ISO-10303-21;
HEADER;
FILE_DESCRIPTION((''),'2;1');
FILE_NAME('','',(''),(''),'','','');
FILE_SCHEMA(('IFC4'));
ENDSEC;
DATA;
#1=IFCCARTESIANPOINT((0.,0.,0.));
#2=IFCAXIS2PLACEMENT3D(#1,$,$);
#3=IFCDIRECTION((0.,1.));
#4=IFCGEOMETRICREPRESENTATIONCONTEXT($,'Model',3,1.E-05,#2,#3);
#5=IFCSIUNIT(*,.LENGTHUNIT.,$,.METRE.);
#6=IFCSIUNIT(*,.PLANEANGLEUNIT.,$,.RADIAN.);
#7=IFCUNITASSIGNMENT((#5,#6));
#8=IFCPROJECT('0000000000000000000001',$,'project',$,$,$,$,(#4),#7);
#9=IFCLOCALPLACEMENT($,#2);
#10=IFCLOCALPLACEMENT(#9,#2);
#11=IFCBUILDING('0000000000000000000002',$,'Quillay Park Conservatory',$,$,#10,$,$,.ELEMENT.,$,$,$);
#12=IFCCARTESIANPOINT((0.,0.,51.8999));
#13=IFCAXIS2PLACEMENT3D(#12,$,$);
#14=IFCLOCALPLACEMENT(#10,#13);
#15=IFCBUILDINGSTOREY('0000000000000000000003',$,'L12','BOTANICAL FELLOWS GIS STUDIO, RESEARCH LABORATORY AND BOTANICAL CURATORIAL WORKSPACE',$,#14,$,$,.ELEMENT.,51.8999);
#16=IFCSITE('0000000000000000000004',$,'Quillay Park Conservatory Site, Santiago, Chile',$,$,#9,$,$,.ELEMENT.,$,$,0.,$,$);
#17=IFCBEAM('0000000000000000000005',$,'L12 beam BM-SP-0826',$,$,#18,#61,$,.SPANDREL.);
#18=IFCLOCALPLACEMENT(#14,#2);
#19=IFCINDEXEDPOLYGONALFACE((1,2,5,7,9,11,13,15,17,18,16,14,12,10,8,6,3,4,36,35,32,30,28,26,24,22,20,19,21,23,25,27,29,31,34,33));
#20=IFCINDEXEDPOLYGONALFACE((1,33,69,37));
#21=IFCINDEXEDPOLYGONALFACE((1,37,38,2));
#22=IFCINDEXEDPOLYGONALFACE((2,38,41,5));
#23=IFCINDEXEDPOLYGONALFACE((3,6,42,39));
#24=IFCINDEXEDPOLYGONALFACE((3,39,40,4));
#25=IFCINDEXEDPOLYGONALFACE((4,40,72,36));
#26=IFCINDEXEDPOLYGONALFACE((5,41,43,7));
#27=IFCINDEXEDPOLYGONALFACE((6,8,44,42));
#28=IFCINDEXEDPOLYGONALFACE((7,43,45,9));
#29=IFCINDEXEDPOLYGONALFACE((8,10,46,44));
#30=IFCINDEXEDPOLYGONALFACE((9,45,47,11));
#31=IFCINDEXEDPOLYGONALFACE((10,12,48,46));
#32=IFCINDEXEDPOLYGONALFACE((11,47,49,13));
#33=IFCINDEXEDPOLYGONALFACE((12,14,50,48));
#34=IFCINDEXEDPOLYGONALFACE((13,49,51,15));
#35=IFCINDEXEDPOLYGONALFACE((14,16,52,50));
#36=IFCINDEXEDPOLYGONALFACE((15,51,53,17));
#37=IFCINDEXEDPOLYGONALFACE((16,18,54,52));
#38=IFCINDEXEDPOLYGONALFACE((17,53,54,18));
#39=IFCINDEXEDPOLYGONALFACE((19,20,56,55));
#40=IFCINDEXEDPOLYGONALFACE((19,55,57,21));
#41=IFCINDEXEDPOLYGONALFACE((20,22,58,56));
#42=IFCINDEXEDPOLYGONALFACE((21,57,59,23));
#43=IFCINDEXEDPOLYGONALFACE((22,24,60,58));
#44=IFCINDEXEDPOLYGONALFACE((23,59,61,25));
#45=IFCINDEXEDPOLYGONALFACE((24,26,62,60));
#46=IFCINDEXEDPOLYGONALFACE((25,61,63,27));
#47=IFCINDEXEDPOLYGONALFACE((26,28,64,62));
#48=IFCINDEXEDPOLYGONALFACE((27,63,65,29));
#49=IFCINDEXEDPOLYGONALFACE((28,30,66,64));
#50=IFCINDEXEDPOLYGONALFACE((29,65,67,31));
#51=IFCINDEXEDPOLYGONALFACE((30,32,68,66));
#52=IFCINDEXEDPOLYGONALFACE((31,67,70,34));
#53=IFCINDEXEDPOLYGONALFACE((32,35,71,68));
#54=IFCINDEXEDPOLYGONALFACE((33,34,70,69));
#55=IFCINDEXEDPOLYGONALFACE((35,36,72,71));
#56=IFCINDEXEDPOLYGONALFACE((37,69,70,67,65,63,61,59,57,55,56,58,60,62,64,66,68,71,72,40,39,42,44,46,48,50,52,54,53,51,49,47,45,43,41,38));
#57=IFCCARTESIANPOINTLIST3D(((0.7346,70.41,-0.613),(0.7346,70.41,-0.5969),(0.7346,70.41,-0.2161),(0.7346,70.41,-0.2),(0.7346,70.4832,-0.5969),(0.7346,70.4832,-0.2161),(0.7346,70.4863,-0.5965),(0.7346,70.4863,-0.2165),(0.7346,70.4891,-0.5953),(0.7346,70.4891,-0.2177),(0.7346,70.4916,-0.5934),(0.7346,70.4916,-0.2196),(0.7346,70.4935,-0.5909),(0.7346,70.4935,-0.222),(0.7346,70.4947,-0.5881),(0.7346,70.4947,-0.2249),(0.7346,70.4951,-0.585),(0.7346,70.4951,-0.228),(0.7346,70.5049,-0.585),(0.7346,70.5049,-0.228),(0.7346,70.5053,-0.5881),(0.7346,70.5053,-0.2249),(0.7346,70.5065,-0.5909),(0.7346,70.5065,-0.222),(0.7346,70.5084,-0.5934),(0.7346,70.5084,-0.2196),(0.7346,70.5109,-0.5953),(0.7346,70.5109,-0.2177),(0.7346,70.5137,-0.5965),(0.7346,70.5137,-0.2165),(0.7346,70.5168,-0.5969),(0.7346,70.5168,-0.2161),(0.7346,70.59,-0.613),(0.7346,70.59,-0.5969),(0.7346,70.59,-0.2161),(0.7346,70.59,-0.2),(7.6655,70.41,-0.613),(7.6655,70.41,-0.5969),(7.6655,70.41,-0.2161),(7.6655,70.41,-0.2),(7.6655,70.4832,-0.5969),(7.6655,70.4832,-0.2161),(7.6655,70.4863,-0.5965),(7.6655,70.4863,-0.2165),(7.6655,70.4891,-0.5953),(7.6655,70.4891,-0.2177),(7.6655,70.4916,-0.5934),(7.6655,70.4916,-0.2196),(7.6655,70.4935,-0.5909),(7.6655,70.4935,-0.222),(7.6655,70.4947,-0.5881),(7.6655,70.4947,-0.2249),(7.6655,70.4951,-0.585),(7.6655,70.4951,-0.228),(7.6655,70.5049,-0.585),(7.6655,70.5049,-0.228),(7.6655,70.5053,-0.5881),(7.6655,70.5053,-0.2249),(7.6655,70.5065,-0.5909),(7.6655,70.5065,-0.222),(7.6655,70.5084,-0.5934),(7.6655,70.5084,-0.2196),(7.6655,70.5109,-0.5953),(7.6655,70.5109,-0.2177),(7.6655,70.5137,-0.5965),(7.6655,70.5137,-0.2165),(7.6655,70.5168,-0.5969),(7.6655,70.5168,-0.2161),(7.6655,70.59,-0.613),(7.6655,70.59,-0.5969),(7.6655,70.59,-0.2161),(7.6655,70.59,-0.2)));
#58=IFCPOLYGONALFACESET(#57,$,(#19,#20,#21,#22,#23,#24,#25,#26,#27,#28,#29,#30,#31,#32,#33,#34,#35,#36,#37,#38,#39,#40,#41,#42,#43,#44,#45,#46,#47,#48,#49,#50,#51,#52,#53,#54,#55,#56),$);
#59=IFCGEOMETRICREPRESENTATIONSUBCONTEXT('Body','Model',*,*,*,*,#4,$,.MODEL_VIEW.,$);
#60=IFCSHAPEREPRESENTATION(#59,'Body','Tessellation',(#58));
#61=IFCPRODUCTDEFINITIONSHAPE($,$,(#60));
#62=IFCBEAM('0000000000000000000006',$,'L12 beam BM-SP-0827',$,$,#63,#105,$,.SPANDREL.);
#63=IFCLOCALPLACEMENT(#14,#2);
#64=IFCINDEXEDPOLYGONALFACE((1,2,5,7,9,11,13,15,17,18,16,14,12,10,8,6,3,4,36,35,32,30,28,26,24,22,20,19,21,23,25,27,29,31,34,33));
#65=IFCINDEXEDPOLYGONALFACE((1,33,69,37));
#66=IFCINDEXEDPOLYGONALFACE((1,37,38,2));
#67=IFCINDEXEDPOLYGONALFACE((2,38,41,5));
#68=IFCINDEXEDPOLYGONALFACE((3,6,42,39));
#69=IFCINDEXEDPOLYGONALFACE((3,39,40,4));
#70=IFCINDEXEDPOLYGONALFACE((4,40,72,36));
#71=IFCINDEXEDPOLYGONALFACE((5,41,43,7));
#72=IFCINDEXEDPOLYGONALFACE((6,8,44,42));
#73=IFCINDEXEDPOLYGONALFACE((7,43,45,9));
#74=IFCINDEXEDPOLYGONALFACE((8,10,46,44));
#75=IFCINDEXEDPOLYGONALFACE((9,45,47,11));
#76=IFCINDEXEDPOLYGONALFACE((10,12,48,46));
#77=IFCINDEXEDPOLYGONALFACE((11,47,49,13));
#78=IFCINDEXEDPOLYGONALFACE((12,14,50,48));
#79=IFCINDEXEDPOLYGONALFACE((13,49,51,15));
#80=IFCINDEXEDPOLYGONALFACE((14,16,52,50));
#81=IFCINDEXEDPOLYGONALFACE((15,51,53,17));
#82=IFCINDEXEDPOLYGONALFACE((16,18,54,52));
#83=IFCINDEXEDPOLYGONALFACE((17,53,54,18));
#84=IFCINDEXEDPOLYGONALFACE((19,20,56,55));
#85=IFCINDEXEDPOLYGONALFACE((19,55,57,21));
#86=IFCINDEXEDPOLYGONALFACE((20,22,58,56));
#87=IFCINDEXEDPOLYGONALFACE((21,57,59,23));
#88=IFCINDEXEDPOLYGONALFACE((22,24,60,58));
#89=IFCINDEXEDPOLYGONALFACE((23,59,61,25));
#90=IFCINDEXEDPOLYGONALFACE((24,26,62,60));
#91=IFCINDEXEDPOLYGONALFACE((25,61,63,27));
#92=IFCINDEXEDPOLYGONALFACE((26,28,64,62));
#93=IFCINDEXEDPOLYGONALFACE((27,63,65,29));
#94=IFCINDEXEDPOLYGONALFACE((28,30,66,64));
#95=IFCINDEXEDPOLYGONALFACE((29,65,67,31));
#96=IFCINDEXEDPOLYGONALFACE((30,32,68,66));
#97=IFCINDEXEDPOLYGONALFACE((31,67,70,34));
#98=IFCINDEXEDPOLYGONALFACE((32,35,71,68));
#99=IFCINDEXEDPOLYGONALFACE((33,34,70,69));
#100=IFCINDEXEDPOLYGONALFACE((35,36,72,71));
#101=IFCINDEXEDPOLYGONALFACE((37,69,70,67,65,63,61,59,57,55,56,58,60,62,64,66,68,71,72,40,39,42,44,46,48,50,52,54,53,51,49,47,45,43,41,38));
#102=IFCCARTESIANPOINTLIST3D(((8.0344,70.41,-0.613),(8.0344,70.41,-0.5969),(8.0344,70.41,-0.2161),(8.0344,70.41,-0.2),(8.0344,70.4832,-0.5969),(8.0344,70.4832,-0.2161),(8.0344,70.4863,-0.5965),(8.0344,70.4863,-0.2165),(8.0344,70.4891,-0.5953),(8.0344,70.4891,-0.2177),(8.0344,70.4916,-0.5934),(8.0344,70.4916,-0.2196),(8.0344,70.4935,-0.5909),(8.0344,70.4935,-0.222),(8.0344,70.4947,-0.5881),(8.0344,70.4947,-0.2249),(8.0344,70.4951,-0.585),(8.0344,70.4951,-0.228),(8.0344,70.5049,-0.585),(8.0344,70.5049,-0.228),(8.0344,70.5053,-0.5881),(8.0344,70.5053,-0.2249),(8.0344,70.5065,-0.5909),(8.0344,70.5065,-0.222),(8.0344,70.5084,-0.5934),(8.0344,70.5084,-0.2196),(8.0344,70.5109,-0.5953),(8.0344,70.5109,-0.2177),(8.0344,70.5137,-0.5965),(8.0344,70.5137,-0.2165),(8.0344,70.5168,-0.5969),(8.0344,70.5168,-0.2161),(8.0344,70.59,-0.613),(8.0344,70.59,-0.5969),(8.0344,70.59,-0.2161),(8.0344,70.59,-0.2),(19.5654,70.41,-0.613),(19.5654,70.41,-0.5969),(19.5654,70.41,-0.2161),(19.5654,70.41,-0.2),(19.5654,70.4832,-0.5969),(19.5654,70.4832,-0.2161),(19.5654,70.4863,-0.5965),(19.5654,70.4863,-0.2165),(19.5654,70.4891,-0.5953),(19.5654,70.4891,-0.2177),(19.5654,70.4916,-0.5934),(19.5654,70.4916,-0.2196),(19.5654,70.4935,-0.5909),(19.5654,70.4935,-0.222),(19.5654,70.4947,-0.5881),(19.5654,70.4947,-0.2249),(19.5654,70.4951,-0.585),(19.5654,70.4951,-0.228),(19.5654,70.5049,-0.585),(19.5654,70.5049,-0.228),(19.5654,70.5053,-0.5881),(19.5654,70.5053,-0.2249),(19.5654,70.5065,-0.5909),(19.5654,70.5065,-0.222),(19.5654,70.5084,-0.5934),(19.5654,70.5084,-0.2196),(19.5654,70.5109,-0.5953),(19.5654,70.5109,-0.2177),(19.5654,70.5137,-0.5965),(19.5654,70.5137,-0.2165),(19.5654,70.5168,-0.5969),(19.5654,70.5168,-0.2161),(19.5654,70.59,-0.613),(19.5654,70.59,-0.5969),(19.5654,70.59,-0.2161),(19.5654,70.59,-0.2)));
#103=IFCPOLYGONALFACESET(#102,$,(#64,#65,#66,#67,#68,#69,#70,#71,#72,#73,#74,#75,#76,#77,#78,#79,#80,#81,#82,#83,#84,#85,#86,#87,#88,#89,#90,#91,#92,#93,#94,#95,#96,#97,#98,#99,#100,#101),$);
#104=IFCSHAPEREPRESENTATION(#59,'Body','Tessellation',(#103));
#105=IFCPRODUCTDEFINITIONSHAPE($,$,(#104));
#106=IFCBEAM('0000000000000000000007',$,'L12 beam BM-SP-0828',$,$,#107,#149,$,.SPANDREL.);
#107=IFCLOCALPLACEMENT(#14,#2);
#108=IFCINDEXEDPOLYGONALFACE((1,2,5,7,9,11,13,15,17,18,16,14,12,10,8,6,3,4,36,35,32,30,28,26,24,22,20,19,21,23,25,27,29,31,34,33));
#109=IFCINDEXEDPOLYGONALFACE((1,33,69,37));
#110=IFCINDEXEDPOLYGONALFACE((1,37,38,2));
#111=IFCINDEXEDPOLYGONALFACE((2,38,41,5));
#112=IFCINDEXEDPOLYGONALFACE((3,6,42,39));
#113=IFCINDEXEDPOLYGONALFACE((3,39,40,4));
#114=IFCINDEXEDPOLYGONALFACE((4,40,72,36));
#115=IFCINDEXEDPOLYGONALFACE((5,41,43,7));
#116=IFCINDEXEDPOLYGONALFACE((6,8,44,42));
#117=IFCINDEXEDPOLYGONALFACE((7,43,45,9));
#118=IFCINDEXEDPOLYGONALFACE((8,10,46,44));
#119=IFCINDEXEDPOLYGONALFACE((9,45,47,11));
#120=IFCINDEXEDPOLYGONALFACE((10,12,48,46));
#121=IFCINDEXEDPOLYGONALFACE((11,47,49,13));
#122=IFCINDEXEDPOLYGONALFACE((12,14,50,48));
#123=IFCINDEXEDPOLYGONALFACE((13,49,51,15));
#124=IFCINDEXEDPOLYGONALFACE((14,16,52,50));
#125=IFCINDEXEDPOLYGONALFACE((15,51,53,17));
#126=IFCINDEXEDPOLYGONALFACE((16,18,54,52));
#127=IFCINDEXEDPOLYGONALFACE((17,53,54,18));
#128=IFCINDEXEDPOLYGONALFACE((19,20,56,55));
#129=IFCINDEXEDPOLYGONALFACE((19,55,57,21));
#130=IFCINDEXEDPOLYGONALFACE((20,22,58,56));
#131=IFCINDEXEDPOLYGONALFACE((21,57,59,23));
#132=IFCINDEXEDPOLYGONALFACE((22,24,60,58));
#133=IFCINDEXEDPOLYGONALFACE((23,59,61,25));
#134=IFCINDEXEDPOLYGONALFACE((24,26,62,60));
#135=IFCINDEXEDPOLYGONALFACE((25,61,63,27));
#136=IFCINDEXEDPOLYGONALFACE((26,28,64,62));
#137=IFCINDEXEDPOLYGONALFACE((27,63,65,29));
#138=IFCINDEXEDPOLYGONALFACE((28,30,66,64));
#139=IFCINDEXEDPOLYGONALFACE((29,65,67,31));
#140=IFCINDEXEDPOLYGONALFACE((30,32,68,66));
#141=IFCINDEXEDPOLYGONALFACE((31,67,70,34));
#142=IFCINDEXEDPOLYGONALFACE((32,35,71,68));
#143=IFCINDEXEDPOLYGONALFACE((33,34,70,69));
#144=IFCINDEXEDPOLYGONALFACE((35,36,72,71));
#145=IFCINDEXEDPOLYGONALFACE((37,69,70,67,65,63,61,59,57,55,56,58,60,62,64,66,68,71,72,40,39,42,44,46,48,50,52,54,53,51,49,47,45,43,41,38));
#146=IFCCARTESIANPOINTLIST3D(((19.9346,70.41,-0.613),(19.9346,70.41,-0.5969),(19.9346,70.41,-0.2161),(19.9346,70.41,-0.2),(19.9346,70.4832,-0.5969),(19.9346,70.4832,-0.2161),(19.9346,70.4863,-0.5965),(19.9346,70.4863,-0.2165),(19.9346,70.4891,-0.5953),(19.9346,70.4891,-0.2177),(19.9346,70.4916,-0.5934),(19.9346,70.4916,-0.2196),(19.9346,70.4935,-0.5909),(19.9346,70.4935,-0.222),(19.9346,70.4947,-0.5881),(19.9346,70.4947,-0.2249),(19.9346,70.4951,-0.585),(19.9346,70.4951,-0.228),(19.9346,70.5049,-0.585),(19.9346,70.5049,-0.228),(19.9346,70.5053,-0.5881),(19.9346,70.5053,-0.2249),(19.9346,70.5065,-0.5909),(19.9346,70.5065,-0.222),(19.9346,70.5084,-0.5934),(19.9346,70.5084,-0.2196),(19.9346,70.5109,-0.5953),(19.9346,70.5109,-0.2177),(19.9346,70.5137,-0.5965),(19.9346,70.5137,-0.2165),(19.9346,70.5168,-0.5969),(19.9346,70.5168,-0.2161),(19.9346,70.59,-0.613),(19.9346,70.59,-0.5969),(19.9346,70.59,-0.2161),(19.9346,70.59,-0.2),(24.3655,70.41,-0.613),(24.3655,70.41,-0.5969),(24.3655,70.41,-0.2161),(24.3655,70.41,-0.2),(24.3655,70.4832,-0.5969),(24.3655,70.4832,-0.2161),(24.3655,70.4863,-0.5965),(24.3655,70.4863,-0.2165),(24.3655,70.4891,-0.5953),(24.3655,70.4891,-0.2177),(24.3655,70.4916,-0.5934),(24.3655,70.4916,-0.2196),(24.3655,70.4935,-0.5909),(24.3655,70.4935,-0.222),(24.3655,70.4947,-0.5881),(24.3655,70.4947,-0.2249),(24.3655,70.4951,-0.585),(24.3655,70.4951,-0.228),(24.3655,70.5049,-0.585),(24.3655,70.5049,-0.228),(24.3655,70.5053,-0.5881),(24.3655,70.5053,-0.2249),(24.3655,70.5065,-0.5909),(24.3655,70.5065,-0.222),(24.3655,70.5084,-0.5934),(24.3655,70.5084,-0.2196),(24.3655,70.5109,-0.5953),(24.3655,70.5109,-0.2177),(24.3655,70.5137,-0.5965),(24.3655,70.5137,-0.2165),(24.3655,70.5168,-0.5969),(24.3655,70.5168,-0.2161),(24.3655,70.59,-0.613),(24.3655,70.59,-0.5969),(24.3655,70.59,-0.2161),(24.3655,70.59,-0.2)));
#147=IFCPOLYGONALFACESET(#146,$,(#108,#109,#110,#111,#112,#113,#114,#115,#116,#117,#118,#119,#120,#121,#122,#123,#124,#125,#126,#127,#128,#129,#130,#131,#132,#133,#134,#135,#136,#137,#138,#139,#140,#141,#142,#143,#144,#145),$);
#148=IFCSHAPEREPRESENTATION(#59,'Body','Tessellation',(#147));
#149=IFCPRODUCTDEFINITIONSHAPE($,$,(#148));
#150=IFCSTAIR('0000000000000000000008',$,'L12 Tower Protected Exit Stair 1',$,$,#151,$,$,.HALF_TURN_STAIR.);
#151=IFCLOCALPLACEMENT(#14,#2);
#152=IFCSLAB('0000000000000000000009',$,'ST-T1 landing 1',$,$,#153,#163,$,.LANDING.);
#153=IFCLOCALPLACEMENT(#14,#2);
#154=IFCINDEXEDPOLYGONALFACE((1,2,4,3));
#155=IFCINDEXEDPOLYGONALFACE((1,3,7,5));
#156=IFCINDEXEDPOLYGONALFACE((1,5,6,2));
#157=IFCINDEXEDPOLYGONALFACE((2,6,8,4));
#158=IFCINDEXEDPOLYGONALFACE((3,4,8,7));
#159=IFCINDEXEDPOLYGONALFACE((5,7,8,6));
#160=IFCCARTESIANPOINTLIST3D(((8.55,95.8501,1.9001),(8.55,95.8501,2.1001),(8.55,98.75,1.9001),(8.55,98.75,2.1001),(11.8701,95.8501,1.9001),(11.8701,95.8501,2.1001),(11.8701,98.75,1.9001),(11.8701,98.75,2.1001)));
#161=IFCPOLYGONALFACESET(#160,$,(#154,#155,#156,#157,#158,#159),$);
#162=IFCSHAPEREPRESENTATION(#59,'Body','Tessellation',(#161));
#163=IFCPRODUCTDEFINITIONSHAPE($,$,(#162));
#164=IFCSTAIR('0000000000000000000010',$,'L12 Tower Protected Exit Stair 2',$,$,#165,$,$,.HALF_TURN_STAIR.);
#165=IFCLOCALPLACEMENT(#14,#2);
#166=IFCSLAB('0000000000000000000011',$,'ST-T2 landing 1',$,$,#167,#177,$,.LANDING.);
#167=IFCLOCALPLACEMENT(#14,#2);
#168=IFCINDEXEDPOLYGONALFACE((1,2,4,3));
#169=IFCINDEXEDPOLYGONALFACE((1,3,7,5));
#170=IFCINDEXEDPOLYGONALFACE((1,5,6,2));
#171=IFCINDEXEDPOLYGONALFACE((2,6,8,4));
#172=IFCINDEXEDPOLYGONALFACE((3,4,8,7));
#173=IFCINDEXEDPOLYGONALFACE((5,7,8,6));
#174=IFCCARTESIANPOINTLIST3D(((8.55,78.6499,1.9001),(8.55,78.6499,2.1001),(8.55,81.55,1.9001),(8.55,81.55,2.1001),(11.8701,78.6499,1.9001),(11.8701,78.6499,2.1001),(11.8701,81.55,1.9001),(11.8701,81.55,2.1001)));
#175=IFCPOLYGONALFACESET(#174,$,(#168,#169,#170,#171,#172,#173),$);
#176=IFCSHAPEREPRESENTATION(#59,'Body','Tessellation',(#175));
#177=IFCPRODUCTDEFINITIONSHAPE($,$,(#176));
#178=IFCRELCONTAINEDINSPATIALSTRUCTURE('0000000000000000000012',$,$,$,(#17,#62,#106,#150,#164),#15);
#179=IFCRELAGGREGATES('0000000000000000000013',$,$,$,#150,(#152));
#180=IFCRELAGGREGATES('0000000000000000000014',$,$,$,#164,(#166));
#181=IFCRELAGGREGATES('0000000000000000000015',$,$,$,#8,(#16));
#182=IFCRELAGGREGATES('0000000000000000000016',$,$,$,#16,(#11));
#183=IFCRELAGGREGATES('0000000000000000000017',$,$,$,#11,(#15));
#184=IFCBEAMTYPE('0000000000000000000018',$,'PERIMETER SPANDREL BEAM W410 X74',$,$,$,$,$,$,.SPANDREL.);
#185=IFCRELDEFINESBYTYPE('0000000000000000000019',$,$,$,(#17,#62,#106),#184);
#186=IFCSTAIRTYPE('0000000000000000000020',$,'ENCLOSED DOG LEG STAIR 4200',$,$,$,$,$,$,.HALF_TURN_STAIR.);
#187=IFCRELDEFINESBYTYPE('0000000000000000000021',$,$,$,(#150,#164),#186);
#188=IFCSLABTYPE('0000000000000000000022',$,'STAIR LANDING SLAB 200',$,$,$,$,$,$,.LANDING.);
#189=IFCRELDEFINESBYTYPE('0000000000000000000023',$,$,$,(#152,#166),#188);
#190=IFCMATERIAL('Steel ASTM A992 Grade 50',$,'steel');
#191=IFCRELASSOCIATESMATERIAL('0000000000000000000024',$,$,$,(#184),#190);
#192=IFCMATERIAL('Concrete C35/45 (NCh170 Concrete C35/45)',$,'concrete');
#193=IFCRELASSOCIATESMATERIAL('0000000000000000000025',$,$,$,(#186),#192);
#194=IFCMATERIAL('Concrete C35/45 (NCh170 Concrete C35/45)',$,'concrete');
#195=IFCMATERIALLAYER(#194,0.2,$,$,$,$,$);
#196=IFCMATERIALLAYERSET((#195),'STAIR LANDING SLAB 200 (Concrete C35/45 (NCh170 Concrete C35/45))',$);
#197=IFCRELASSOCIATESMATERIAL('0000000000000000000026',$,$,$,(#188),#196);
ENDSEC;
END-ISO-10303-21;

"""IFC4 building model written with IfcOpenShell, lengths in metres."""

from ifc_helpers import new_model, si_unit, direction, frame, origin, origin_2d, place, context, subcontext, project, spatial, polyline, i_section, outline, extrude, material, layer, layer_set, material_profile, profile_set, type_object, element, aggregate, save


model = new_model("IFC4")

# Units and contexts
model_context = context("Model", 3, precision=1e-05, world=origin(), true_north=direction((0.0, 1.0)))
body_context = subcontext(model_context, "Body", "Model", "MODEL_VIEW")
ifc_project = project(units=[si_unit("LENGTHUNIT", "METRE"), si_unit("PLANEANGLEUNIT", "RADIAN")], contexts=[model_context])

# Site, building, storey
site_placement = place(None, origin())
site = spatial("IfcSite", under=ifc_project, at=site_placement, Name="Quillay Park Conservatory Site, Santiago, Chile", CompositionType="ELEMENT", RefElevation=0.0)
building_placement = place(site_placement, origin())
building = spatial("IfcBuilding", under=site, at=building_placement, Name="Quillay Park Conservatory", CompositionType="ELEMENT")
storey_placement = place(building_placement, frame((0.0, 0.0, 51.8999)))
storey = spatial("IfcBuildingStorey", under=building, at=storey_placement, Name="L12", Description="BOTANICAL FELLOWS GIS STUDIO, RESEARCH LABORATORY AND BOTANICAL CURATORIAL WORKSPACE", CompositionType="ELEMENT", Elevation=51.8999)

# Beams
ifc_material_1 = material(Name="Steel ASTM A992 Grade 50", Category="steel")
ifc_material_profile_1 = material_profile(ifc_material_1, i_section(OverallWidth=0.1799, OverallDepth=0.4131, WebThickness=0.0098, FlangeThickness=0.0161, FilletRadius=0.012, at=origin_2d()), Name="W410x74")
ifc_profile_set_1 = profile_set([ifc_material_profile_1], Name="Steel ASTM A992 Grade 50")
beam_type = type_object("IfcBeamType", Name="PERIMETER SPANDREL BEAM W410 X74", PredefinedType="SPANDREL", material=ifc_profile_set_1)
beam_1_placement = place(storey_placement, frame((0.7346, 70.5, -0.4065), z_axis=(1.0, 0.0, 0.0), x_axis=(0.0, 1.0, 0.0)))
element("IfcBeam", 1, at=beam_1_placement, inside=storey, type_object=beam_type, Name="L12 beam BM-SP-0826", PredefinedType="SPANDREL", context=body_context, shape_type="SweptSolid", body=[
    extrude(i_section(OverallWidth=0.1799, OverallDepth=0.4131, WebThickness=0.0098, FlangeThickness=0.0161, FilletRadius=0.012, at=origin_2d()), origin(), (0.0, 0.0, 1.0), 6.9309),
])
beam_2_placement = place(storey_placement, frame((8.0344, 70.5, -0.4065), z_axis=(1.0, 0.0, 0.0), x_axis=(0.0, 1.0, 0.0)))
element("IfcBeam", 2, at=beam_2_placement, inside=storey, type_object=beam_type, Name="L12 beam BM-SP-0827", PredefinedType="SPANDREL", context=body_context, shape_type="SweptSolid", body=[
    extrude(i_section(OverallWidth=0.1799, OverallDepth=0.4131, WebThickness=0.0098, FlangeThickness=0.0161, FilletRadius=0.012, at=origin_2d()), origin(), (0.0, 0.0, 1.0), 11.531),
])
beam_3_placement = place(storey_placement, frame((19.9346, 70.5, -0.4065), z_axis=(1.0, 0.0, 0.0), x_axis=(0.0, 1.0, 0.0)))
element("IfcBeam", 3, at=beam_3_placement, inside=storey, type_object=beam_type, Name="L12 beam BM-SP-0828", PredefinedType="SPANDREL", context=body_context, shape_type="SweptSolid", body=[
    extrude(i_section(OverallWidth=0.1799, OverallDepth=0.4131, WebThickness=0.0098, FlangeThickness=0.0161, FilletRadius=0.012, at=origin_2d()), origin(), (0.0, 0.0, 1.0), 4.4309),
])

# Stairs, slabs
ifc_material_2 = material(Name="Concrete C35/45 (NCh170 Concrete C35/45)", Category="concrete")
stair_type = type_object("IfcStairType", Name="ENCLOSED DOG LEG STAIR 4200", PredefinedType="HALF_TURN_STAIR", material=ifc_material_2)
stair_1_placement = place(storey_placement, origin())
stair_1 = element("IfcStair", 4, at=stair_1_placement, inside=storey, type_object=stair_type, Name="L12 Tower Protected Exit Stair 1", PredefinedType="HALF_TURN_STAIR")
ifc_material_3 = material(Name="Concrete C35/45 (NCh170 Concrete C35/45)", Category="concrete")
ifc_layer_1 = layer(ifc_material_3, 0.2)
ifc_layer_set_1 = layer_set([ifc_layer_1], Name="STAIR LANDING SLAB 200 (Concrete C35/45 (NCh170 Concrete C35/45))")
slab_type_1 = type_object("IfcSlabType", Name="STAIR LANDING SLAB 200", PredefinedType="LANDING", material=ifc_layer_set_1)
slab_1_placement = place(storey_placement, frame((0.0, 0.0, 1.9001)))
slab_1 = element("IfcSlab", 5, at=slab_1_placement, type_object=slab_type_1, Name="ST-T1 landing 1", PredefinedType="LANDING", context=body_context, shape_type="SweptSolid", body=[
    extrude(outline(polyline([(11.8701, 95.8501), (11.8701, 98.75), (8.55, 98.75), (8.55, 95.8501), (11.8701, 95.8501)])), origin(), (0.0, 0.0, 1.0), 0.2),
])
aggregate(stair_1, [slab_1])
stair_2_placement = place(storey_placement, origin())
stair_2 = element("IfcStair", 6, at=stair_2_placement, inside=storey, type_object=stair_type, Name="L12 Tower Protected Exit Stair 2", PredefinedType="HALF_TURN_STAIR")
slab_2_placement = place(storey_placement, frame((0.0, 0.0, 1.9001)))
slab_2 = element("IfcSlab", 7, at=slab_2_placement, type_object=slab_type_1, Name="ST-T2 landing 1", PredefinedType="LANDING", context=body_context, shape_type="SweptSolid", body=[
    extrude(outline(polyline([(8.55, 81.55), (8.55, 78.6499), (11.8701, 78.6499), (11.8701, 81.55), (8.55, 81.55)])), origin(), (0.0, 0.0, 1.0), 0.2),
])
aggregate(stair_2, [slab_2])

save(model, "model.ifc")
